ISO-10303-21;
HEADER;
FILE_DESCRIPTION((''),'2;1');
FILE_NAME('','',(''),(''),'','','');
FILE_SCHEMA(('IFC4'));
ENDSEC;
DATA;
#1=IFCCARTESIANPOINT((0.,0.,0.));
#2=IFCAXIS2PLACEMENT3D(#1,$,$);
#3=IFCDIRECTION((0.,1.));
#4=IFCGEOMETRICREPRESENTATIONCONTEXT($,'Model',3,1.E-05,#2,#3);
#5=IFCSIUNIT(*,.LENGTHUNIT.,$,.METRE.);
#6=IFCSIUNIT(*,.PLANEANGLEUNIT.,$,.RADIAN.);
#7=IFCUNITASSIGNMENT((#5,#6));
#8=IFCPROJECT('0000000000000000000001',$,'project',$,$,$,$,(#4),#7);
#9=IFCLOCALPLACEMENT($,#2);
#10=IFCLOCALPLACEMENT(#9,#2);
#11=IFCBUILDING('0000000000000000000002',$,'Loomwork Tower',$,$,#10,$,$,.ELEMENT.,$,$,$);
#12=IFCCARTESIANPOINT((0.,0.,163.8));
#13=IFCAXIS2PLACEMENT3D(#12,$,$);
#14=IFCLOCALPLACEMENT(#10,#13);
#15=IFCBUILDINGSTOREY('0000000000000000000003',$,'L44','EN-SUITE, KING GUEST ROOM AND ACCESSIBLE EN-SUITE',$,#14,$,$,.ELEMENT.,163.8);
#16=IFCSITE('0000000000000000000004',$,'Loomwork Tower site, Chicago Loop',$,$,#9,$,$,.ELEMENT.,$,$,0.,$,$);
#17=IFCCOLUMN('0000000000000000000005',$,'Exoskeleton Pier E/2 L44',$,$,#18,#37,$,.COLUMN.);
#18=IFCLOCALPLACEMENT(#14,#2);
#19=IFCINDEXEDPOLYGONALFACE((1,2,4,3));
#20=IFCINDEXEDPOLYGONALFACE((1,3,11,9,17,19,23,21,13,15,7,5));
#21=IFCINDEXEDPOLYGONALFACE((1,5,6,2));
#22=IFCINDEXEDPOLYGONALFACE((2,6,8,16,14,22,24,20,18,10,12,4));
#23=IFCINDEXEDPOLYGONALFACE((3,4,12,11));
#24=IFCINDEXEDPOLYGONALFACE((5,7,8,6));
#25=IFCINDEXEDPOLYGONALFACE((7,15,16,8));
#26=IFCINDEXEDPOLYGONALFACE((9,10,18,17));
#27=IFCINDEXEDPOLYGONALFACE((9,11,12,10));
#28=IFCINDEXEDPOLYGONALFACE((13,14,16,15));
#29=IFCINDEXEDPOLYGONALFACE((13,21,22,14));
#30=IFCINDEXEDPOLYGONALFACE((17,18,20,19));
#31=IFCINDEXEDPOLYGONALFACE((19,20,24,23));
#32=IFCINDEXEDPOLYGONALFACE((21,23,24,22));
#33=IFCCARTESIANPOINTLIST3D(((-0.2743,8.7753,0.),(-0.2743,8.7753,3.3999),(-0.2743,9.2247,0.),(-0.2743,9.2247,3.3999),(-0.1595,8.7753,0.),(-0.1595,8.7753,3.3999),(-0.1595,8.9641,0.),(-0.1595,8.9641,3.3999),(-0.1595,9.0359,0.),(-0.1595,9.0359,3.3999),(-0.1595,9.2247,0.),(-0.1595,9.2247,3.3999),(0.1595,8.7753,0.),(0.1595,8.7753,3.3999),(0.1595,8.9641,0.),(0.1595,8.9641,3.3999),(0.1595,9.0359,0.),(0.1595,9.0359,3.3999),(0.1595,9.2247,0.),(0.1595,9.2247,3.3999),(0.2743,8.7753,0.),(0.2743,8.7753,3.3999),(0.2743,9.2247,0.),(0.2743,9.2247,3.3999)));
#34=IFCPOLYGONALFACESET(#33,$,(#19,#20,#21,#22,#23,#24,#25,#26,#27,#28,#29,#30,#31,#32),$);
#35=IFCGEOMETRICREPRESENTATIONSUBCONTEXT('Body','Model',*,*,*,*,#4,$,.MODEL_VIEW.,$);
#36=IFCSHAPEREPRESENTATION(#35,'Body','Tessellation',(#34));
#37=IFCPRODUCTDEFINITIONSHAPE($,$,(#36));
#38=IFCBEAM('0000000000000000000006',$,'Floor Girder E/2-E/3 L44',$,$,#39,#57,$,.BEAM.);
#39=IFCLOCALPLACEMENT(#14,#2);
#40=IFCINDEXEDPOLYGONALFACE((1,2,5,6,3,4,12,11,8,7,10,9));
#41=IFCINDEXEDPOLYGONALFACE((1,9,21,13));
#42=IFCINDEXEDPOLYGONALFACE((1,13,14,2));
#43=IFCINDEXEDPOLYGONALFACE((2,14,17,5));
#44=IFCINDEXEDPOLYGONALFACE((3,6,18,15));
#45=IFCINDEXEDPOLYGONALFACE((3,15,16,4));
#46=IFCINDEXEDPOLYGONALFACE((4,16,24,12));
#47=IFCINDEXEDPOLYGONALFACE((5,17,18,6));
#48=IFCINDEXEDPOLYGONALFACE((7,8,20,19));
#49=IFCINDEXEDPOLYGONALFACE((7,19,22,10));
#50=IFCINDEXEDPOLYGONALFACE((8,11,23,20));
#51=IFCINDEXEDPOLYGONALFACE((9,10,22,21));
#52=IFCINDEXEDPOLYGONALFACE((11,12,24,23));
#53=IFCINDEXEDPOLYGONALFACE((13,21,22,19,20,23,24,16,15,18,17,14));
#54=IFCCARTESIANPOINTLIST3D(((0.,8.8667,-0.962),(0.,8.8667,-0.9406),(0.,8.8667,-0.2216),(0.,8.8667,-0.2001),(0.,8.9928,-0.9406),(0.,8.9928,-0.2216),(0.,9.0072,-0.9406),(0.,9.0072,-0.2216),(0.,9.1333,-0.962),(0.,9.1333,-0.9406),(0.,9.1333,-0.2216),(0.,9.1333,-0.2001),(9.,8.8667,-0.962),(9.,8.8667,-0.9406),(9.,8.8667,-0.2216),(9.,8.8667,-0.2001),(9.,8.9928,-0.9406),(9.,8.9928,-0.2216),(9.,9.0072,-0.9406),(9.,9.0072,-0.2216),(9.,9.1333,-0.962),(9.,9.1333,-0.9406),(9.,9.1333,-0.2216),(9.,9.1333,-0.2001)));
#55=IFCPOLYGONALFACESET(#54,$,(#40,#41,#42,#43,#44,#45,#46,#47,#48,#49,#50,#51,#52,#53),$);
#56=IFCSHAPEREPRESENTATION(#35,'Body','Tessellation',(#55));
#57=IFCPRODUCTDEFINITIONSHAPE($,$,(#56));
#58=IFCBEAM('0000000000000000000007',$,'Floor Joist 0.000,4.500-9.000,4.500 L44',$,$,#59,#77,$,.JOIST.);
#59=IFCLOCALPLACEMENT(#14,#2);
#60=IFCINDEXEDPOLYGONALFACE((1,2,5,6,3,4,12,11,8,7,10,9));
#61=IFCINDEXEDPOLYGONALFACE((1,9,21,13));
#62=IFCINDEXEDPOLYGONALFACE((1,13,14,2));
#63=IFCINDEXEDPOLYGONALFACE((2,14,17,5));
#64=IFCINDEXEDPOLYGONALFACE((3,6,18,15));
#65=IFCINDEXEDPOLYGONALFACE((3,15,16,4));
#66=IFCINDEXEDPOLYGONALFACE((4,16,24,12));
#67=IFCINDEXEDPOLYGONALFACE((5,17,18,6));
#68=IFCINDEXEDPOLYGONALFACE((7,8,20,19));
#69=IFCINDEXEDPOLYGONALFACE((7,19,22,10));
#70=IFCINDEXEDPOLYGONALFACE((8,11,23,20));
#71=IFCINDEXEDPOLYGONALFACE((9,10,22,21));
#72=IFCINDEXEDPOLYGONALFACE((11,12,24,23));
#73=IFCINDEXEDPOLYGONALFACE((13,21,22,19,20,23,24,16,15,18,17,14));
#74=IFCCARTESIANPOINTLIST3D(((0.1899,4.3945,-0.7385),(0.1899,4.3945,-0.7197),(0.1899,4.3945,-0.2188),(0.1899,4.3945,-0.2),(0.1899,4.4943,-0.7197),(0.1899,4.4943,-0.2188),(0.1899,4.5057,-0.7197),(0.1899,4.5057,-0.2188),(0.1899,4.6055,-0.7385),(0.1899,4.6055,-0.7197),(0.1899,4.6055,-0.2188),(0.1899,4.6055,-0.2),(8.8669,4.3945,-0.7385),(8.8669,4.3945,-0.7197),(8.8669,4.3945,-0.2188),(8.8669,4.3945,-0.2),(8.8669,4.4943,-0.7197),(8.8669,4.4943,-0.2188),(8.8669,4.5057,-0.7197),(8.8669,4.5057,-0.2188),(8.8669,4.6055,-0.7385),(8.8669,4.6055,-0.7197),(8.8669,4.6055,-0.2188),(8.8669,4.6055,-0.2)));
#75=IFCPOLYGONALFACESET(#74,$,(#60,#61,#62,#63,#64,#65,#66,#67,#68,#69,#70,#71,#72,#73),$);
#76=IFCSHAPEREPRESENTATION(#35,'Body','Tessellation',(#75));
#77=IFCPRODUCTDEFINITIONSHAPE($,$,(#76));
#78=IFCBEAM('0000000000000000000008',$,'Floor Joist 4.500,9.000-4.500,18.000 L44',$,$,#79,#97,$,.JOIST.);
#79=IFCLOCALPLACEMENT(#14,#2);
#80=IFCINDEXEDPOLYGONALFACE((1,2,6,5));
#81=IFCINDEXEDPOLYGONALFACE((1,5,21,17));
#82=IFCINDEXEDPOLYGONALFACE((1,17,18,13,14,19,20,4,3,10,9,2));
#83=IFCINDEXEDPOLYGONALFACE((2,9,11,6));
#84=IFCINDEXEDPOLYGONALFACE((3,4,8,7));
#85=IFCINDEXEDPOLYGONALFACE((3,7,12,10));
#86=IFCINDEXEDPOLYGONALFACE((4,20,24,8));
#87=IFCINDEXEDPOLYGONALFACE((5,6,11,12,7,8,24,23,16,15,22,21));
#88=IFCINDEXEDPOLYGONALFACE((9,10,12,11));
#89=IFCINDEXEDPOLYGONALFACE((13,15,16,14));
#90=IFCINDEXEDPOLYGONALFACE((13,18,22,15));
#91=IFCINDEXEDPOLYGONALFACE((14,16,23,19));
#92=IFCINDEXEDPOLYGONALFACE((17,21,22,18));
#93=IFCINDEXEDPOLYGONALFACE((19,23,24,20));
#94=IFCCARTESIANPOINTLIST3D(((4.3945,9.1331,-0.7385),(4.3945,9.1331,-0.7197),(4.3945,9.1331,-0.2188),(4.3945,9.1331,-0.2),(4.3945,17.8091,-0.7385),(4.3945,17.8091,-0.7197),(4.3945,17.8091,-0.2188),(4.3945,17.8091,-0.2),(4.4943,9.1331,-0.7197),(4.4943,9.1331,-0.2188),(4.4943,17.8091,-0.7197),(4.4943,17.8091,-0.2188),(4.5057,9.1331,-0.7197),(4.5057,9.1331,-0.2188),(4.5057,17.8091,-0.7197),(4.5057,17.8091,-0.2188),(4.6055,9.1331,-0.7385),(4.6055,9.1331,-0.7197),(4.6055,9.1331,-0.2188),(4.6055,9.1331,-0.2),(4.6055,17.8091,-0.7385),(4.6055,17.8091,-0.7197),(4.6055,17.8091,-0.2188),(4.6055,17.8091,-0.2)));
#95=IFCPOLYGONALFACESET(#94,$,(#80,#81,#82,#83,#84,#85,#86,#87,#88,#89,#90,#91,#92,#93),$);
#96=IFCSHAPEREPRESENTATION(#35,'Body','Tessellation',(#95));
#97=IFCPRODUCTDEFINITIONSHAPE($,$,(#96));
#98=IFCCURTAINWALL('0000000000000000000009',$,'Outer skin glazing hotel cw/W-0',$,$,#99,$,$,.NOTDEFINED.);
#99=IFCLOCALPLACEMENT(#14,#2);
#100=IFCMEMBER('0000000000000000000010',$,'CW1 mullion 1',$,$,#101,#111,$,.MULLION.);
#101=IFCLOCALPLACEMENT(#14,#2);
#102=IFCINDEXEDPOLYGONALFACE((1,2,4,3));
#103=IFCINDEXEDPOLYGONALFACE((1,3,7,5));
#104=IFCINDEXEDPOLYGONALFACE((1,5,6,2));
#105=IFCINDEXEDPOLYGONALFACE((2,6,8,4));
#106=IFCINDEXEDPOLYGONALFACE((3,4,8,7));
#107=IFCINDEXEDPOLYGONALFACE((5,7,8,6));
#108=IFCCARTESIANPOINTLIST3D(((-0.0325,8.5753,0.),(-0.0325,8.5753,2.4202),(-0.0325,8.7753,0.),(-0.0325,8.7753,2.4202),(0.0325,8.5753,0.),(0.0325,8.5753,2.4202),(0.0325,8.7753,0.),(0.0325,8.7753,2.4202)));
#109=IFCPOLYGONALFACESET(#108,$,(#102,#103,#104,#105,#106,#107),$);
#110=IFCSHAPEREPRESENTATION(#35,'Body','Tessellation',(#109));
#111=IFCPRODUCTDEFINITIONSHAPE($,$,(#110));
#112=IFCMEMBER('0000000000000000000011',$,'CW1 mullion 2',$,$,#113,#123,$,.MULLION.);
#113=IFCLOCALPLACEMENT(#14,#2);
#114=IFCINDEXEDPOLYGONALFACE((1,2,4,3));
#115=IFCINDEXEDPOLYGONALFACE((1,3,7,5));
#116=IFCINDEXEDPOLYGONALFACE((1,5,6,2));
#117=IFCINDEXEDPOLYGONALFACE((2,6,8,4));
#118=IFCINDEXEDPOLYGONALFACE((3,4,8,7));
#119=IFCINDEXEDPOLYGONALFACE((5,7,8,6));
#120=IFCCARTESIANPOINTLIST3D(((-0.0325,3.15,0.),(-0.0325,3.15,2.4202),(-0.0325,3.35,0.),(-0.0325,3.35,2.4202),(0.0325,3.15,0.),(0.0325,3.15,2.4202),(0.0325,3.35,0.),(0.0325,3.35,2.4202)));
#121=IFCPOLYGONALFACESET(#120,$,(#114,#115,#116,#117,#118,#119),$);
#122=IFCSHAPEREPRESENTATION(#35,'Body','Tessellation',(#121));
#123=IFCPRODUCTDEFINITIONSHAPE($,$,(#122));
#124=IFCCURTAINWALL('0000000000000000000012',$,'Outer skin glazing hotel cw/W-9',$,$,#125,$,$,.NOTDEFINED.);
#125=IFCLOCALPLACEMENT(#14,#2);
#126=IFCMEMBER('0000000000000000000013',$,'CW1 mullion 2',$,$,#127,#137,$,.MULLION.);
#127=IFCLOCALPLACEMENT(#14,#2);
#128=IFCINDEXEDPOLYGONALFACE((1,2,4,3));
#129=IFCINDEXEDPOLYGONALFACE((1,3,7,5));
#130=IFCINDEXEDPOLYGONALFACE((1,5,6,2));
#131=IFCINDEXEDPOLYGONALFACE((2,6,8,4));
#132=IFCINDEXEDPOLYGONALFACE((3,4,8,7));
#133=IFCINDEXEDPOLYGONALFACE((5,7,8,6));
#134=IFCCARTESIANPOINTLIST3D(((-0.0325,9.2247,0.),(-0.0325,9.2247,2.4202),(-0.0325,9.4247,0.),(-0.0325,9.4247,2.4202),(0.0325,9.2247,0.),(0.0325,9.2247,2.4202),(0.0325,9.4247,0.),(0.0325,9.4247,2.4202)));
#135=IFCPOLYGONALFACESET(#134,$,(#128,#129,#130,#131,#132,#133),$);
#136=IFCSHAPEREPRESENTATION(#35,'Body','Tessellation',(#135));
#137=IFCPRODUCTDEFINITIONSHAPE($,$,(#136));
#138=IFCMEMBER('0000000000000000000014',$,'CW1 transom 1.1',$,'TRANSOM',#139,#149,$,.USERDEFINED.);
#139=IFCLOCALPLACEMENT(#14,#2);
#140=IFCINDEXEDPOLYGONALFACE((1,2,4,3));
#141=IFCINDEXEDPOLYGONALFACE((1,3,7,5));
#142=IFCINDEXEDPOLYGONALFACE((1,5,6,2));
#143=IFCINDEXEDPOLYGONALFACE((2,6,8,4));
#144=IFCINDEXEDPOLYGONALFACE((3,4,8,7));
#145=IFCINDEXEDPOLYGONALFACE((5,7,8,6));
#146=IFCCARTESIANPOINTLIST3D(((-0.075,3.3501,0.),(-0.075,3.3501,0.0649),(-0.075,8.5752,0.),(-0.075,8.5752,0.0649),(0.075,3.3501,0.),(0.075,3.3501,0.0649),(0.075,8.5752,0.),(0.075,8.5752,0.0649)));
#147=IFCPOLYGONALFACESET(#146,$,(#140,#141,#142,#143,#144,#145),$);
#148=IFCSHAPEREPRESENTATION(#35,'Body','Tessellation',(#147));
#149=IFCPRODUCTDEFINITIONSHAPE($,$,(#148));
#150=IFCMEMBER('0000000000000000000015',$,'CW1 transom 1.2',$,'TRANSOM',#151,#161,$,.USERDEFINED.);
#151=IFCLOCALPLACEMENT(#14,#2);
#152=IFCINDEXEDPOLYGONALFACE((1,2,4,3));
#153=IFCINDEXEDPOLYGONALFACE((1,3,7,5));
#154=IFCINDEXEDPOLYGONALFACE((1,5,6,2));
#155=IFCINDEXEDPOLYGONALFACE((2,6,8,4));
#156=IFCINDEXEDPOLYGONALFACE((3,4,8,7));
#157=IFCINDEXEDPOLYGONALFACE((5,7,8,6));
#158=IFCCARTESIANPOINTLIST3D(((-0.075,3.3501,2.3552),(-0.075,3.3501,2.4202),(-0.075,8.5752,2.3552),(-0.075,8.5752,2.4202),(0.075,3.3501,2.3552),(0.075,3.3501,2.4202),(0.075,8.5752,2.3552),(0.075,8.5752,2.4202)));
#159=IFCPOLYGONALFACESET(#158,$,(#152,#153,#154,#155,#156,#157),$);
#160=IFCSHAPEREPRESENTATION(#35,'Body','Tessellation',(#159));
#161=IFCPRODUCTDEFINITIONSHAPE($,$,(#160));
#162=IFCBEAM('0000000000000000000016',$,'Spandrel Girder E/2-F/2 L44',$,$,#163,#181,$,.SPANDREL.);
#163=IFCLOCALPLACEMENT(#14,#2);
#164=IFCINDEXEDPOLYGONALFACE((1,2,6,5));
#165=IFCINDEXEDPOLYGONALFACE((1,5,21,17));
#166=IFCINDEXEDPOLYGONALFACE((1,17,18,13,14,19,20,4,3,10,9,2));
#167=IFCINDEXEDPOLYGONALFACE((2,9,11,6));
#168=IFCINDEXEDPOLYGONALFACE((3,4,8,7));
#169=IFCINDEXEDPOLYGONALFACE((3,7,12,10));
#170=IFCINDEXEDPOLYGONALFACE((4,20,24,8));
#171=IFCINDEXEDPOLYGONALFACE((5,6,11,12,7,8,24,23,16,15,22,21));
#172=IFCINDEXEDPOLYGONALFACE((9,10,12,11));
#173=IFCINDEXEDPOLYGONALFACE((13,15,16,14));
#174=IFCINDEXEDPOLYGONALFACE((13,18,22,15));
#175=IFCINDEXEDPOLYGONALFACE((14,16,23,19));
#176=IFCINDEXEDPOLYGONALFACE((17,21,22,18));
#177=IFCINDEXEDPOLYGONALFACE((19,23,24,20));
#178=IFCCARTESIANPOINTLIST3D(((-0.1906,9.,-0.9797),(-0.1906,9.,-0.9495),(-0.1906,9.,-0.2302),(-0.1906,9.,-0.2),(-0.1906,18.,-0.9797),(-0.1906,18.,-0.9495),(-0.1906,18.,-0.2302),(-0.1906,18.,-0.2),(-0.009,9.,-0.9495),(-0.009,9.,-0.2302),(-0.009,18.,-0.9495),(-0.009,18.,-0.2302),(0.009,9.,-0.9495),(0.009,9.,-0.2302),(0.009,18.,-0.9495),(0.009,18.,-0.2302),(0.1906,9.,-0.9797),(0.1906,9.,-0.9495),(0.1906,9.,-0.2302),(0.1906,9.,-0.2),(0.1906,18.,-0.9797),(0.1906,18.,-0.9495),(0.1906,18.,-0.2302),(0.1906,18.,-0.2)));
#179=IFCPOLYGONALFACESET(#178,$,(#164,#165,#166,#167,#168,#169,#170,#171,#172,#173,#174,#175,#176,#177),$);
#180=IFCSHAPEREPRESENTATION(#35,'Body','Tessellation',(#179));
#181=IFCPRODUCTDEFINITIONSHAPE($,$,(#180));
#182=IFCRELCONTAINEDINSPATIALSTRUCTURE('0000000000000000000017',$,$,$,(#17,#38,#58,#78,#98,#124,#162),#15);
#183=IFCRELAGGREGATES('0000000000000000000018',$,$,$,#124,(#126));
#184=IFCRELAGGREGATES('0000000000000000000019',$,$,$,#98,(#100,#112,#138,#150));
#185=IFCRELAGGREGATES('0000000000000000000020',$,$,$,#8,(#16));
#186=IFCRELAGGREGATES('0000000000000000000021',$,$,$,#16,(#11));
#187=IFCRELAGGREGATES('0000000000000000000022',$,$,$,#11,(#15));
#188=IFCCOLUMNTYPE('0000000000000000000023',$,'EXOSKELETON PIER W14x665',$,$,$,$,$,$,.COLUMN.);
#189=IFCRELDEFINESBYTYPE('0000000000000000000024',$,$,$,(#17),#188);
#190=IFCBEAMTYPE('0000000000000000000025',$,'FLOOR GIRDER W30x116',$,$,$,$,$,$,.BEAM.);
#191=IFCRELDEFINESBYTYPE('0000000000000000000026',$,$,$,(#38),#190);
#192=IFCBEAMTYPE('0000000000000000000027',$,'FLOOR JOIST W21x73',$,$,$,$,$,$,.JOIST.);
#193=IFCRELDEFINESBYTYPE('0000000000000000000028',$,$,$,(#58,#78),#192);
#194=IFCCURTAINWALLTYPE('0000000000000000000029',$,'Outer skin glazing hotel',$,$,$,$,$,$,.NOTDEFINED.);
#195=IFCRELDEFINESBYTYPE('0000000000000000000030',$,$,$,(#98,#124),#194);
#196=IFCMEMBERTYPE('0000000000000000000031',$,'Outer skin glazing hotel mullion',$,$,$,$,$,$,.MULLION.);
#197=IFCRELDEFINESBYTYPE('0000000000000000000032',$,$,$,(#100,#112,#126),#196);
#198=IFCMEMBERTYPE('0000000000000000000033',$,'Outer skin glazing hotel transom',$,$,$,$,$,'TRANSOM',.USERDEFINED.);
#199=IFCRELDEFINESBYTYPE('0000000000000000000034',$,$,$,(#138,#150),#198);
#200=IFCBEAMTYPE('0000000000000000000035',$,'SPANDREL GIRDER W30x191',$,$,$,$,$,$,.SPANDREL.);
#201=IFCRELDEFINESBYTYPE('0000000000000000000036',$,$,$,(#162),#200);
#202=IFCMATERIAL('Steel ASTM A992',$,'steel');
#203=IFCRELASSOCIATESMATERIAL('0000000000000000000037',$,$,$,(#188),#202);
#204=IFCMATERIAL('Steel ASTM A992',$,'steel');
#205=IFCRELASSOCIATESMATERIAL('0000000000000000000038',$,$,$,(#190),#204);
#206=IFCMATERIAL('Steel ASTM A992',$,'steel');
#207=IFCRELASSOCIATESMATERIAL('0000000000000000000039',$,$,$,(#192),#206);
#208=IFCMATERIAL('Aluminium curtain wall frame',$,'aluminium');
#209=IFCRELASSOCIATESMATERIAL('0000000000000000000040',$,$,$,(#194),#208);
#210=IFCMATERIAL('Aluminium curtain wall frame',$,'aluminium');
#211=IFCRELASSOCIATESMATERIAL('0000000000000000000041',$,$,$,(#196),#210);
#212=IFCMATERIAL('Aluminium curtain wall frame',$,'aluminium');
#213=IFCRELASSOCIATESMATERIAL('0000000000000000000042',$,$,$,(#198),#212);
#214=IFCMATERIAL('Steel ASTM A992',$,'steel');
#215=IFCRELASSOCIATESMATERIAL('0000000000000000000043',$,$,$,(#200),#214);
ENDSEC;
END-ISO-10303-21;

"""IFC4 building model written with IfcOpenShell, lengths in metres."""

from ifc_helpers import new_model, si_unit, direction, frame, origin, origin_2d, place, context, subcontext, project, spatial, rectangle, i_section, extrude, material, material_profile, profile_set, type_object, element, aggregate, save


model = new_model("IFC4")

# Units and contexts
model_context = context("Model", 3, precision=1e-05, world=origin(), true_north=direction((0.0, 1.0)))
body_context = subcontext(model_context, "Body", "Model", "MODEL_VIEW")
ifc_project = project(units=[si_unit("LENGTHUNIT", "METRE"), si_unit("PLANEANGLEUNIT", "RADIAN")], contexts=[model_context])

# Site, building, storey
site_placement = place(None, origin())
site = spatial("IfcSite", under=ifc_project, at=site_placement, Name="Loomwork Tower site, Chicago Loop", CompositionType="ELEMENT", RefElevation=0.0)
building_placement = place(site_placement, origin())
building = spatial("IfcBuilding", under=site, at=building_placement, Name="Loomwork Tower", CompositionType="ELEMENT")
storey_placement = place(building_placement, frame((0.0, 0.0, 163.8)))
storey = spatial("IfcBuildingStorey", under=building, at=storey_placement, Name="L44", Description="EN-SUITE, KING GUEST ROOM AND ACCESSIBLE EN-SUITE", CompositionType="ELEMENT", Elevation=163.8)

# Column
ifc_material_1 = material(Name="Steel ASTM A992", Category="steel")
ifc_material_profile_1 = material_profile(ifc_material_1, i_section(OverallWidth=0.4495, OverallDepth=0.5486, WebThickness=0.0718, FlangeThickness=0.1147, at=origin_2d()), Name="W14x665")
ifc_profile_set_1 = profile_set([ifc_material_profile_1], Name="Steel ASTM A992")
column_type = type_object("IfcColumnType", Name="EXOSKELETON PIER W14x665", PredefinedType="COLUMN", material=ifc_profile_set_1)
column_placement = place(storey_placement, frame((0.0, 9.0, 0.0), z_axis=(0.0, 0.0, 1.0), x_axis=(0.0, 1.0, 0.0)))
element("IfcColumn", 1, at=column_placement, inside=storey, type_object=column_type, Name="Exoskeleton Pier E/2 L44", PredefinedType="COLUMN", context=body_context, shape_type="SweptSolid", body=[
    extrude(i_section(OverallWidth=0.4495, OverallDepth=0.5486, WebThickness=0.0718, FlangeThickness=0.1147, at=origin_2d()), origin(), (0.0, 0.0, 1.0), 3.3999),
])

# Beams
ifc_material_2 = material(Name="Steel ASTM A992", Category="steel")
ifc_material_profile_2 = material_profile(ifc_material_2, i_section(OverallWidth=0.2666, OverallDepth=0.762, WebThickness=0.0144, FlangeThickness=0.0215, at=origin_2d()), Name="W30x116")
ifc_profile_set_2 = profile_set([ifc_material_profile_2], Name="Steel ASTM A992")
beam_type_1 = type_object("IfcBeamType", Name="FLOOR GIRDER W30x116", PredefinedType="BEAM", material=ifc_profile_set_2)
beam_1_placement = place(storey_placement, frame((0.0, 9.0, -0.5811), z_axis=(1.0, 0.0, 0.0), x_axis=(0.0, 1.0, 0.0)))
element("IfcBeam", 2, at=beam_1_placement, inside=storey, type_object=beam_type_1, Name="Floor Girder E/2-E/3 L44", PredefinedType="BEAM", context=body_context, shape_type="SweptSolid", body=[
    extrude(i_section(OverallWidth=0.2666, OverallDepth=0.762, WebThickness=0.0144, FlangeThickness=0.0215, at=origin_2d()), origin(), (0.0, 0.0, 1.0), 9.0),
])
ifc_material_3 = material(Name="Steel ASTM A992", Category="steel")
ifc_material_profile_3 = material_profile(ifc_material_3, i_section(OverallWidth=0.2109, OverallDepth=0.5386, WebThickness=0.0115, FlangeThickness=0.0188, at=origin_2d()), Name="W21x73")
ifc_profile_set_3 = profile_set([ifc_material_profile_3], Name="Steel ASTM A992")
beam_type_2 = type_object("IfcBeamType", Name="FLOOR JOIST W21x73", PredefinedType="JOIST", material=ifc_profile_set_3)
beam_2_placement = place(storey_placement, frame((0.1899, 4.5, -0.4692), z_axis=(1.0, 0.0, 0.0), x_axis=(0.0, 1.0, 0.0)))
element("IfcBeam", 3, at=beam_2_placement, inside=storey, type_object=beam_type_2, Name="Floor Joist 0.000,4.500-9.000,4.500 L44", PredefinedType="JOIST", context=body_context, shape_type="SweptSolid", body=[
    extrude(i_section(OverallWidth=0.2109, OverallDepth=0.5386, WebThickness=0.0115, FlangeThickness=0.0188, at=origin_2d()), origin(), (0.0, 0.0, 1.0), 8.677),
])
beam_3_placement = place(storey_placement, frame((4.5, 9.1331, -0.4692), z_axis=(0.0, 1.0, 0.0), x_axis=(-1.0, 0.0, 0.0)))
element("IfcBeam", 4, at=beam_3_placement, inside=storey, type_object=beam_type_2, Name="Floor Joist 4.500,9.000-4.500,18.000 L44", PredefinedType="JOIST", context=body_context, shape_type="SweptSolid", body=[
    extrude(i_section(OverallWidth=0.2109, OverallDepth=0.5386, WebThickness=0.0115, FlangeThickness=0.0188, at=origin_2d()), origin(), (0.0, 0.0, 1.0), 8.676),
])

# Curtain wall, members
ifc_material_4 = material(Name="Aluminium curtain wall frame", Category="aluminium")
curtain_wall_type = type_object("IfcCurtainWallType", Name="Outer skin glazing hotel", PredefinedType="NOTDEFINED", material=ifc_material_4)
curtain_wall_1_placement = place(storey_placement, origin())
curtain_wall_1 = element("IfcCurtainWall", 5, at=curtain_wall_1_placement, inside=storey, type_object=curtain_wall_type, Name="Outer skin glazing hotel cw/W-0", PredefinedType="NOTDEFINED")
ifc_material_5 = material(Name="Aluminium curtain wall frame", Category="aluminium")
ifc_material_profile_4 = material_profile(ifc_material_5, rectangle(XDim=0.0649, YDim=0.2, at=origin_2d()), Name="AL 65x200")
ifc_profile_set_4 = profile_set([ifc_material_profile_4], Name="Aluminium curtain wall frame")
member_type_1 = type_object("IfcMemberType", Name="Outer skin glazing hotel mullion", PredefinedType="MULLION", material=ifc_profile_set_4)
member_1_placement = place(storey_placement, frame((0.0, 8.6753, 0.0), z_axis=(0.0, 0.0, 1.0), x_axis=(1.0, 0.0, 0.0)))
member_1 = element("IfcMember", 6, at=member_1_placement, type_object=member_type_1, Name="CW1 mullion 1", PredefinedType="MULLION", context=body_context, shape_type="SweptSolid", body=[
    extrude(rectangle(XDim=0.0649, YDim=0.2, at=origin_2d()), origin(), (0.0, 0.0, 1.0), 2.4202),
])
member_2_placement = place(storey_placement, frame((0.0, 3.25, 0.0), z_axis=(0.0, 0.0, 1.0), x_axis=(1.0, 0.0, 0.0)))
member_2 = element("IfcMember", 7, at=member_2_placement, type_object=member_type_1, Name="CW1 mullion 2", PredefinedType="MULLION", context=body_context, shape_type="SweptSolid", body=[
    extrude(rectangle(XDim=0.0649, YDim=0.2, at=origin_2d()), origin(), (0.0, 0.0, 1.0), 2.4202),
])

# Curtain wall, member
curtain_wall_2_placement = place(storey_placement, origin())
curtain_wall_2 = element("IfcCurtainWall", 8, at=curtain_wall_2_placement, inside=storey, type_object=curtain_wall_type, Name="Outer skin glazing hotel cw/W-9", PredefinedType="NOTDEFINED")
member_3_placement = place(storey_placement, frame((0.0, 9.3247, 0.0), z_axis=(0.0, 0.0, 1.0), x_axis=(1.0, 0.0, 0.0)))
member_3 = element("IfcMember", 9, at=member_3_placement, type_object=member_type_1, Name="CW1 mullion 2", PredefinedType="MULLION", context=body_context, shape_type="SweptSolid", body=[
    extrude(rectangle(XDim=0.0649, YDim=0.2, at=origin_2d()), origin(), (0.0, 0.0, 1.0), 2.4202),
])
aggregate(curtain_wall_2, [member_3])

# Members
ifc_material_6 = material(Name="Aluminium curtain wall frame", Category="aluminium")
ifc_material_profile_5 = material_profile(ifc_material_6, rectangle(XDim=0.1499, YDim=0.0649, at=origin_2d()), Name="AL 65x150")
ifc_profile_set_5 = profile_set([ifc_material_profile_5], Name="Aluminium curtain wall frame")
member_type_2 = type_object("IfcMemberType", Name="Outer skin glazing hotel transom", ElementType="TRANSOM", PredefinedType="USERDEFINED", material=ifc_profile_set_5)
member_4_placement = place(storey_placement, frame((0.0, 8.5752, 0.0325), z_axis=(0.0, -1.0, 0.0), x_axis=(1.0, 0.0, 0.0)))
member_4 = element("IfcMember", 10, at=member_4_placement, type_object=member_type_2, Name="CW1 transom 1.1", ObjectType="TRANSOM", PredefinedType="USERDEFINED", context=body_context, shape_type="SweptSolid", body=[
    extrude(rectangle(XDim=0.1499, YDim=0.0649, at=origin_2d()), origin(), (0.0, 0.0, 1.0), 5.2251),
])
member_5_placement = place(storey_placement, frame((0.0, 8.5752, 2.3877), z_axis=(0.0, -1.0, 0.0), x_axis=(1.0, 0.0, 0.0)))
member_5 = element("IfcMember", 11, at=member_5_placement, type_object=member_type_2, Name="CW1 transom 1.2", ObjectType="TRANSOM", PredefinedType="USERDEFINED", context=body_context, shape_type="SweptSolid", body=[
    extrude(rectangle(XDim=0.1499, YDim=0.0649, at=origin_2d()), origin(), (0.0, 0.0, 1.0), 5.2251),
])

# Beam
ifc_material_7 = material(Name="Steel ASTM A992", Category="steel")
ifc_material_profile_6 = material_profile(ifc_material_7, i_section(OverallWidth=0.3811, OverallDepth=0.7798, WebThickness=0.0181, FlangeThickness=0.0303, at=origin_2d()), Name="W30x191")
ifc_profile_set_6 = profile_set([ifc_material_profile_6], Name="Steel ASTM A992")
beam_type_3 = type_object("IfcBeamType", Name="SPANDREL GIRDER W30x191", PredefinedType="SPANDREL", material=ifc_profile_set_6)
beam_4_placement = place(storey_placement, frame((0.0, 9.0, -0.5898), z_axis=(0.0, 1.0, 0.0), x_axis=(-1.0, 0.0, 0.0)))
element("IfcBeam", 12, at=beam_4_placement, inside=storey, type_object=beam_type_3, Name="Spandrel Girder E/2-F/2 L44", PredefinedType="SPANDREL", context=body_context, shape_type="SweptSolid", body=[
    extrude(i_section(OverallWidth=0.3811, OverallDepth=0.7798, WebThickness=0.0181, FlangeThickness=0.0303, at=origin_2d()), origin(), (0.0, 0.0, 1.0), 9.0),
])

aggregate(curtain_wall_1, [member_1, member_2, member_4, member_5])

save(model, "model.ifc")
